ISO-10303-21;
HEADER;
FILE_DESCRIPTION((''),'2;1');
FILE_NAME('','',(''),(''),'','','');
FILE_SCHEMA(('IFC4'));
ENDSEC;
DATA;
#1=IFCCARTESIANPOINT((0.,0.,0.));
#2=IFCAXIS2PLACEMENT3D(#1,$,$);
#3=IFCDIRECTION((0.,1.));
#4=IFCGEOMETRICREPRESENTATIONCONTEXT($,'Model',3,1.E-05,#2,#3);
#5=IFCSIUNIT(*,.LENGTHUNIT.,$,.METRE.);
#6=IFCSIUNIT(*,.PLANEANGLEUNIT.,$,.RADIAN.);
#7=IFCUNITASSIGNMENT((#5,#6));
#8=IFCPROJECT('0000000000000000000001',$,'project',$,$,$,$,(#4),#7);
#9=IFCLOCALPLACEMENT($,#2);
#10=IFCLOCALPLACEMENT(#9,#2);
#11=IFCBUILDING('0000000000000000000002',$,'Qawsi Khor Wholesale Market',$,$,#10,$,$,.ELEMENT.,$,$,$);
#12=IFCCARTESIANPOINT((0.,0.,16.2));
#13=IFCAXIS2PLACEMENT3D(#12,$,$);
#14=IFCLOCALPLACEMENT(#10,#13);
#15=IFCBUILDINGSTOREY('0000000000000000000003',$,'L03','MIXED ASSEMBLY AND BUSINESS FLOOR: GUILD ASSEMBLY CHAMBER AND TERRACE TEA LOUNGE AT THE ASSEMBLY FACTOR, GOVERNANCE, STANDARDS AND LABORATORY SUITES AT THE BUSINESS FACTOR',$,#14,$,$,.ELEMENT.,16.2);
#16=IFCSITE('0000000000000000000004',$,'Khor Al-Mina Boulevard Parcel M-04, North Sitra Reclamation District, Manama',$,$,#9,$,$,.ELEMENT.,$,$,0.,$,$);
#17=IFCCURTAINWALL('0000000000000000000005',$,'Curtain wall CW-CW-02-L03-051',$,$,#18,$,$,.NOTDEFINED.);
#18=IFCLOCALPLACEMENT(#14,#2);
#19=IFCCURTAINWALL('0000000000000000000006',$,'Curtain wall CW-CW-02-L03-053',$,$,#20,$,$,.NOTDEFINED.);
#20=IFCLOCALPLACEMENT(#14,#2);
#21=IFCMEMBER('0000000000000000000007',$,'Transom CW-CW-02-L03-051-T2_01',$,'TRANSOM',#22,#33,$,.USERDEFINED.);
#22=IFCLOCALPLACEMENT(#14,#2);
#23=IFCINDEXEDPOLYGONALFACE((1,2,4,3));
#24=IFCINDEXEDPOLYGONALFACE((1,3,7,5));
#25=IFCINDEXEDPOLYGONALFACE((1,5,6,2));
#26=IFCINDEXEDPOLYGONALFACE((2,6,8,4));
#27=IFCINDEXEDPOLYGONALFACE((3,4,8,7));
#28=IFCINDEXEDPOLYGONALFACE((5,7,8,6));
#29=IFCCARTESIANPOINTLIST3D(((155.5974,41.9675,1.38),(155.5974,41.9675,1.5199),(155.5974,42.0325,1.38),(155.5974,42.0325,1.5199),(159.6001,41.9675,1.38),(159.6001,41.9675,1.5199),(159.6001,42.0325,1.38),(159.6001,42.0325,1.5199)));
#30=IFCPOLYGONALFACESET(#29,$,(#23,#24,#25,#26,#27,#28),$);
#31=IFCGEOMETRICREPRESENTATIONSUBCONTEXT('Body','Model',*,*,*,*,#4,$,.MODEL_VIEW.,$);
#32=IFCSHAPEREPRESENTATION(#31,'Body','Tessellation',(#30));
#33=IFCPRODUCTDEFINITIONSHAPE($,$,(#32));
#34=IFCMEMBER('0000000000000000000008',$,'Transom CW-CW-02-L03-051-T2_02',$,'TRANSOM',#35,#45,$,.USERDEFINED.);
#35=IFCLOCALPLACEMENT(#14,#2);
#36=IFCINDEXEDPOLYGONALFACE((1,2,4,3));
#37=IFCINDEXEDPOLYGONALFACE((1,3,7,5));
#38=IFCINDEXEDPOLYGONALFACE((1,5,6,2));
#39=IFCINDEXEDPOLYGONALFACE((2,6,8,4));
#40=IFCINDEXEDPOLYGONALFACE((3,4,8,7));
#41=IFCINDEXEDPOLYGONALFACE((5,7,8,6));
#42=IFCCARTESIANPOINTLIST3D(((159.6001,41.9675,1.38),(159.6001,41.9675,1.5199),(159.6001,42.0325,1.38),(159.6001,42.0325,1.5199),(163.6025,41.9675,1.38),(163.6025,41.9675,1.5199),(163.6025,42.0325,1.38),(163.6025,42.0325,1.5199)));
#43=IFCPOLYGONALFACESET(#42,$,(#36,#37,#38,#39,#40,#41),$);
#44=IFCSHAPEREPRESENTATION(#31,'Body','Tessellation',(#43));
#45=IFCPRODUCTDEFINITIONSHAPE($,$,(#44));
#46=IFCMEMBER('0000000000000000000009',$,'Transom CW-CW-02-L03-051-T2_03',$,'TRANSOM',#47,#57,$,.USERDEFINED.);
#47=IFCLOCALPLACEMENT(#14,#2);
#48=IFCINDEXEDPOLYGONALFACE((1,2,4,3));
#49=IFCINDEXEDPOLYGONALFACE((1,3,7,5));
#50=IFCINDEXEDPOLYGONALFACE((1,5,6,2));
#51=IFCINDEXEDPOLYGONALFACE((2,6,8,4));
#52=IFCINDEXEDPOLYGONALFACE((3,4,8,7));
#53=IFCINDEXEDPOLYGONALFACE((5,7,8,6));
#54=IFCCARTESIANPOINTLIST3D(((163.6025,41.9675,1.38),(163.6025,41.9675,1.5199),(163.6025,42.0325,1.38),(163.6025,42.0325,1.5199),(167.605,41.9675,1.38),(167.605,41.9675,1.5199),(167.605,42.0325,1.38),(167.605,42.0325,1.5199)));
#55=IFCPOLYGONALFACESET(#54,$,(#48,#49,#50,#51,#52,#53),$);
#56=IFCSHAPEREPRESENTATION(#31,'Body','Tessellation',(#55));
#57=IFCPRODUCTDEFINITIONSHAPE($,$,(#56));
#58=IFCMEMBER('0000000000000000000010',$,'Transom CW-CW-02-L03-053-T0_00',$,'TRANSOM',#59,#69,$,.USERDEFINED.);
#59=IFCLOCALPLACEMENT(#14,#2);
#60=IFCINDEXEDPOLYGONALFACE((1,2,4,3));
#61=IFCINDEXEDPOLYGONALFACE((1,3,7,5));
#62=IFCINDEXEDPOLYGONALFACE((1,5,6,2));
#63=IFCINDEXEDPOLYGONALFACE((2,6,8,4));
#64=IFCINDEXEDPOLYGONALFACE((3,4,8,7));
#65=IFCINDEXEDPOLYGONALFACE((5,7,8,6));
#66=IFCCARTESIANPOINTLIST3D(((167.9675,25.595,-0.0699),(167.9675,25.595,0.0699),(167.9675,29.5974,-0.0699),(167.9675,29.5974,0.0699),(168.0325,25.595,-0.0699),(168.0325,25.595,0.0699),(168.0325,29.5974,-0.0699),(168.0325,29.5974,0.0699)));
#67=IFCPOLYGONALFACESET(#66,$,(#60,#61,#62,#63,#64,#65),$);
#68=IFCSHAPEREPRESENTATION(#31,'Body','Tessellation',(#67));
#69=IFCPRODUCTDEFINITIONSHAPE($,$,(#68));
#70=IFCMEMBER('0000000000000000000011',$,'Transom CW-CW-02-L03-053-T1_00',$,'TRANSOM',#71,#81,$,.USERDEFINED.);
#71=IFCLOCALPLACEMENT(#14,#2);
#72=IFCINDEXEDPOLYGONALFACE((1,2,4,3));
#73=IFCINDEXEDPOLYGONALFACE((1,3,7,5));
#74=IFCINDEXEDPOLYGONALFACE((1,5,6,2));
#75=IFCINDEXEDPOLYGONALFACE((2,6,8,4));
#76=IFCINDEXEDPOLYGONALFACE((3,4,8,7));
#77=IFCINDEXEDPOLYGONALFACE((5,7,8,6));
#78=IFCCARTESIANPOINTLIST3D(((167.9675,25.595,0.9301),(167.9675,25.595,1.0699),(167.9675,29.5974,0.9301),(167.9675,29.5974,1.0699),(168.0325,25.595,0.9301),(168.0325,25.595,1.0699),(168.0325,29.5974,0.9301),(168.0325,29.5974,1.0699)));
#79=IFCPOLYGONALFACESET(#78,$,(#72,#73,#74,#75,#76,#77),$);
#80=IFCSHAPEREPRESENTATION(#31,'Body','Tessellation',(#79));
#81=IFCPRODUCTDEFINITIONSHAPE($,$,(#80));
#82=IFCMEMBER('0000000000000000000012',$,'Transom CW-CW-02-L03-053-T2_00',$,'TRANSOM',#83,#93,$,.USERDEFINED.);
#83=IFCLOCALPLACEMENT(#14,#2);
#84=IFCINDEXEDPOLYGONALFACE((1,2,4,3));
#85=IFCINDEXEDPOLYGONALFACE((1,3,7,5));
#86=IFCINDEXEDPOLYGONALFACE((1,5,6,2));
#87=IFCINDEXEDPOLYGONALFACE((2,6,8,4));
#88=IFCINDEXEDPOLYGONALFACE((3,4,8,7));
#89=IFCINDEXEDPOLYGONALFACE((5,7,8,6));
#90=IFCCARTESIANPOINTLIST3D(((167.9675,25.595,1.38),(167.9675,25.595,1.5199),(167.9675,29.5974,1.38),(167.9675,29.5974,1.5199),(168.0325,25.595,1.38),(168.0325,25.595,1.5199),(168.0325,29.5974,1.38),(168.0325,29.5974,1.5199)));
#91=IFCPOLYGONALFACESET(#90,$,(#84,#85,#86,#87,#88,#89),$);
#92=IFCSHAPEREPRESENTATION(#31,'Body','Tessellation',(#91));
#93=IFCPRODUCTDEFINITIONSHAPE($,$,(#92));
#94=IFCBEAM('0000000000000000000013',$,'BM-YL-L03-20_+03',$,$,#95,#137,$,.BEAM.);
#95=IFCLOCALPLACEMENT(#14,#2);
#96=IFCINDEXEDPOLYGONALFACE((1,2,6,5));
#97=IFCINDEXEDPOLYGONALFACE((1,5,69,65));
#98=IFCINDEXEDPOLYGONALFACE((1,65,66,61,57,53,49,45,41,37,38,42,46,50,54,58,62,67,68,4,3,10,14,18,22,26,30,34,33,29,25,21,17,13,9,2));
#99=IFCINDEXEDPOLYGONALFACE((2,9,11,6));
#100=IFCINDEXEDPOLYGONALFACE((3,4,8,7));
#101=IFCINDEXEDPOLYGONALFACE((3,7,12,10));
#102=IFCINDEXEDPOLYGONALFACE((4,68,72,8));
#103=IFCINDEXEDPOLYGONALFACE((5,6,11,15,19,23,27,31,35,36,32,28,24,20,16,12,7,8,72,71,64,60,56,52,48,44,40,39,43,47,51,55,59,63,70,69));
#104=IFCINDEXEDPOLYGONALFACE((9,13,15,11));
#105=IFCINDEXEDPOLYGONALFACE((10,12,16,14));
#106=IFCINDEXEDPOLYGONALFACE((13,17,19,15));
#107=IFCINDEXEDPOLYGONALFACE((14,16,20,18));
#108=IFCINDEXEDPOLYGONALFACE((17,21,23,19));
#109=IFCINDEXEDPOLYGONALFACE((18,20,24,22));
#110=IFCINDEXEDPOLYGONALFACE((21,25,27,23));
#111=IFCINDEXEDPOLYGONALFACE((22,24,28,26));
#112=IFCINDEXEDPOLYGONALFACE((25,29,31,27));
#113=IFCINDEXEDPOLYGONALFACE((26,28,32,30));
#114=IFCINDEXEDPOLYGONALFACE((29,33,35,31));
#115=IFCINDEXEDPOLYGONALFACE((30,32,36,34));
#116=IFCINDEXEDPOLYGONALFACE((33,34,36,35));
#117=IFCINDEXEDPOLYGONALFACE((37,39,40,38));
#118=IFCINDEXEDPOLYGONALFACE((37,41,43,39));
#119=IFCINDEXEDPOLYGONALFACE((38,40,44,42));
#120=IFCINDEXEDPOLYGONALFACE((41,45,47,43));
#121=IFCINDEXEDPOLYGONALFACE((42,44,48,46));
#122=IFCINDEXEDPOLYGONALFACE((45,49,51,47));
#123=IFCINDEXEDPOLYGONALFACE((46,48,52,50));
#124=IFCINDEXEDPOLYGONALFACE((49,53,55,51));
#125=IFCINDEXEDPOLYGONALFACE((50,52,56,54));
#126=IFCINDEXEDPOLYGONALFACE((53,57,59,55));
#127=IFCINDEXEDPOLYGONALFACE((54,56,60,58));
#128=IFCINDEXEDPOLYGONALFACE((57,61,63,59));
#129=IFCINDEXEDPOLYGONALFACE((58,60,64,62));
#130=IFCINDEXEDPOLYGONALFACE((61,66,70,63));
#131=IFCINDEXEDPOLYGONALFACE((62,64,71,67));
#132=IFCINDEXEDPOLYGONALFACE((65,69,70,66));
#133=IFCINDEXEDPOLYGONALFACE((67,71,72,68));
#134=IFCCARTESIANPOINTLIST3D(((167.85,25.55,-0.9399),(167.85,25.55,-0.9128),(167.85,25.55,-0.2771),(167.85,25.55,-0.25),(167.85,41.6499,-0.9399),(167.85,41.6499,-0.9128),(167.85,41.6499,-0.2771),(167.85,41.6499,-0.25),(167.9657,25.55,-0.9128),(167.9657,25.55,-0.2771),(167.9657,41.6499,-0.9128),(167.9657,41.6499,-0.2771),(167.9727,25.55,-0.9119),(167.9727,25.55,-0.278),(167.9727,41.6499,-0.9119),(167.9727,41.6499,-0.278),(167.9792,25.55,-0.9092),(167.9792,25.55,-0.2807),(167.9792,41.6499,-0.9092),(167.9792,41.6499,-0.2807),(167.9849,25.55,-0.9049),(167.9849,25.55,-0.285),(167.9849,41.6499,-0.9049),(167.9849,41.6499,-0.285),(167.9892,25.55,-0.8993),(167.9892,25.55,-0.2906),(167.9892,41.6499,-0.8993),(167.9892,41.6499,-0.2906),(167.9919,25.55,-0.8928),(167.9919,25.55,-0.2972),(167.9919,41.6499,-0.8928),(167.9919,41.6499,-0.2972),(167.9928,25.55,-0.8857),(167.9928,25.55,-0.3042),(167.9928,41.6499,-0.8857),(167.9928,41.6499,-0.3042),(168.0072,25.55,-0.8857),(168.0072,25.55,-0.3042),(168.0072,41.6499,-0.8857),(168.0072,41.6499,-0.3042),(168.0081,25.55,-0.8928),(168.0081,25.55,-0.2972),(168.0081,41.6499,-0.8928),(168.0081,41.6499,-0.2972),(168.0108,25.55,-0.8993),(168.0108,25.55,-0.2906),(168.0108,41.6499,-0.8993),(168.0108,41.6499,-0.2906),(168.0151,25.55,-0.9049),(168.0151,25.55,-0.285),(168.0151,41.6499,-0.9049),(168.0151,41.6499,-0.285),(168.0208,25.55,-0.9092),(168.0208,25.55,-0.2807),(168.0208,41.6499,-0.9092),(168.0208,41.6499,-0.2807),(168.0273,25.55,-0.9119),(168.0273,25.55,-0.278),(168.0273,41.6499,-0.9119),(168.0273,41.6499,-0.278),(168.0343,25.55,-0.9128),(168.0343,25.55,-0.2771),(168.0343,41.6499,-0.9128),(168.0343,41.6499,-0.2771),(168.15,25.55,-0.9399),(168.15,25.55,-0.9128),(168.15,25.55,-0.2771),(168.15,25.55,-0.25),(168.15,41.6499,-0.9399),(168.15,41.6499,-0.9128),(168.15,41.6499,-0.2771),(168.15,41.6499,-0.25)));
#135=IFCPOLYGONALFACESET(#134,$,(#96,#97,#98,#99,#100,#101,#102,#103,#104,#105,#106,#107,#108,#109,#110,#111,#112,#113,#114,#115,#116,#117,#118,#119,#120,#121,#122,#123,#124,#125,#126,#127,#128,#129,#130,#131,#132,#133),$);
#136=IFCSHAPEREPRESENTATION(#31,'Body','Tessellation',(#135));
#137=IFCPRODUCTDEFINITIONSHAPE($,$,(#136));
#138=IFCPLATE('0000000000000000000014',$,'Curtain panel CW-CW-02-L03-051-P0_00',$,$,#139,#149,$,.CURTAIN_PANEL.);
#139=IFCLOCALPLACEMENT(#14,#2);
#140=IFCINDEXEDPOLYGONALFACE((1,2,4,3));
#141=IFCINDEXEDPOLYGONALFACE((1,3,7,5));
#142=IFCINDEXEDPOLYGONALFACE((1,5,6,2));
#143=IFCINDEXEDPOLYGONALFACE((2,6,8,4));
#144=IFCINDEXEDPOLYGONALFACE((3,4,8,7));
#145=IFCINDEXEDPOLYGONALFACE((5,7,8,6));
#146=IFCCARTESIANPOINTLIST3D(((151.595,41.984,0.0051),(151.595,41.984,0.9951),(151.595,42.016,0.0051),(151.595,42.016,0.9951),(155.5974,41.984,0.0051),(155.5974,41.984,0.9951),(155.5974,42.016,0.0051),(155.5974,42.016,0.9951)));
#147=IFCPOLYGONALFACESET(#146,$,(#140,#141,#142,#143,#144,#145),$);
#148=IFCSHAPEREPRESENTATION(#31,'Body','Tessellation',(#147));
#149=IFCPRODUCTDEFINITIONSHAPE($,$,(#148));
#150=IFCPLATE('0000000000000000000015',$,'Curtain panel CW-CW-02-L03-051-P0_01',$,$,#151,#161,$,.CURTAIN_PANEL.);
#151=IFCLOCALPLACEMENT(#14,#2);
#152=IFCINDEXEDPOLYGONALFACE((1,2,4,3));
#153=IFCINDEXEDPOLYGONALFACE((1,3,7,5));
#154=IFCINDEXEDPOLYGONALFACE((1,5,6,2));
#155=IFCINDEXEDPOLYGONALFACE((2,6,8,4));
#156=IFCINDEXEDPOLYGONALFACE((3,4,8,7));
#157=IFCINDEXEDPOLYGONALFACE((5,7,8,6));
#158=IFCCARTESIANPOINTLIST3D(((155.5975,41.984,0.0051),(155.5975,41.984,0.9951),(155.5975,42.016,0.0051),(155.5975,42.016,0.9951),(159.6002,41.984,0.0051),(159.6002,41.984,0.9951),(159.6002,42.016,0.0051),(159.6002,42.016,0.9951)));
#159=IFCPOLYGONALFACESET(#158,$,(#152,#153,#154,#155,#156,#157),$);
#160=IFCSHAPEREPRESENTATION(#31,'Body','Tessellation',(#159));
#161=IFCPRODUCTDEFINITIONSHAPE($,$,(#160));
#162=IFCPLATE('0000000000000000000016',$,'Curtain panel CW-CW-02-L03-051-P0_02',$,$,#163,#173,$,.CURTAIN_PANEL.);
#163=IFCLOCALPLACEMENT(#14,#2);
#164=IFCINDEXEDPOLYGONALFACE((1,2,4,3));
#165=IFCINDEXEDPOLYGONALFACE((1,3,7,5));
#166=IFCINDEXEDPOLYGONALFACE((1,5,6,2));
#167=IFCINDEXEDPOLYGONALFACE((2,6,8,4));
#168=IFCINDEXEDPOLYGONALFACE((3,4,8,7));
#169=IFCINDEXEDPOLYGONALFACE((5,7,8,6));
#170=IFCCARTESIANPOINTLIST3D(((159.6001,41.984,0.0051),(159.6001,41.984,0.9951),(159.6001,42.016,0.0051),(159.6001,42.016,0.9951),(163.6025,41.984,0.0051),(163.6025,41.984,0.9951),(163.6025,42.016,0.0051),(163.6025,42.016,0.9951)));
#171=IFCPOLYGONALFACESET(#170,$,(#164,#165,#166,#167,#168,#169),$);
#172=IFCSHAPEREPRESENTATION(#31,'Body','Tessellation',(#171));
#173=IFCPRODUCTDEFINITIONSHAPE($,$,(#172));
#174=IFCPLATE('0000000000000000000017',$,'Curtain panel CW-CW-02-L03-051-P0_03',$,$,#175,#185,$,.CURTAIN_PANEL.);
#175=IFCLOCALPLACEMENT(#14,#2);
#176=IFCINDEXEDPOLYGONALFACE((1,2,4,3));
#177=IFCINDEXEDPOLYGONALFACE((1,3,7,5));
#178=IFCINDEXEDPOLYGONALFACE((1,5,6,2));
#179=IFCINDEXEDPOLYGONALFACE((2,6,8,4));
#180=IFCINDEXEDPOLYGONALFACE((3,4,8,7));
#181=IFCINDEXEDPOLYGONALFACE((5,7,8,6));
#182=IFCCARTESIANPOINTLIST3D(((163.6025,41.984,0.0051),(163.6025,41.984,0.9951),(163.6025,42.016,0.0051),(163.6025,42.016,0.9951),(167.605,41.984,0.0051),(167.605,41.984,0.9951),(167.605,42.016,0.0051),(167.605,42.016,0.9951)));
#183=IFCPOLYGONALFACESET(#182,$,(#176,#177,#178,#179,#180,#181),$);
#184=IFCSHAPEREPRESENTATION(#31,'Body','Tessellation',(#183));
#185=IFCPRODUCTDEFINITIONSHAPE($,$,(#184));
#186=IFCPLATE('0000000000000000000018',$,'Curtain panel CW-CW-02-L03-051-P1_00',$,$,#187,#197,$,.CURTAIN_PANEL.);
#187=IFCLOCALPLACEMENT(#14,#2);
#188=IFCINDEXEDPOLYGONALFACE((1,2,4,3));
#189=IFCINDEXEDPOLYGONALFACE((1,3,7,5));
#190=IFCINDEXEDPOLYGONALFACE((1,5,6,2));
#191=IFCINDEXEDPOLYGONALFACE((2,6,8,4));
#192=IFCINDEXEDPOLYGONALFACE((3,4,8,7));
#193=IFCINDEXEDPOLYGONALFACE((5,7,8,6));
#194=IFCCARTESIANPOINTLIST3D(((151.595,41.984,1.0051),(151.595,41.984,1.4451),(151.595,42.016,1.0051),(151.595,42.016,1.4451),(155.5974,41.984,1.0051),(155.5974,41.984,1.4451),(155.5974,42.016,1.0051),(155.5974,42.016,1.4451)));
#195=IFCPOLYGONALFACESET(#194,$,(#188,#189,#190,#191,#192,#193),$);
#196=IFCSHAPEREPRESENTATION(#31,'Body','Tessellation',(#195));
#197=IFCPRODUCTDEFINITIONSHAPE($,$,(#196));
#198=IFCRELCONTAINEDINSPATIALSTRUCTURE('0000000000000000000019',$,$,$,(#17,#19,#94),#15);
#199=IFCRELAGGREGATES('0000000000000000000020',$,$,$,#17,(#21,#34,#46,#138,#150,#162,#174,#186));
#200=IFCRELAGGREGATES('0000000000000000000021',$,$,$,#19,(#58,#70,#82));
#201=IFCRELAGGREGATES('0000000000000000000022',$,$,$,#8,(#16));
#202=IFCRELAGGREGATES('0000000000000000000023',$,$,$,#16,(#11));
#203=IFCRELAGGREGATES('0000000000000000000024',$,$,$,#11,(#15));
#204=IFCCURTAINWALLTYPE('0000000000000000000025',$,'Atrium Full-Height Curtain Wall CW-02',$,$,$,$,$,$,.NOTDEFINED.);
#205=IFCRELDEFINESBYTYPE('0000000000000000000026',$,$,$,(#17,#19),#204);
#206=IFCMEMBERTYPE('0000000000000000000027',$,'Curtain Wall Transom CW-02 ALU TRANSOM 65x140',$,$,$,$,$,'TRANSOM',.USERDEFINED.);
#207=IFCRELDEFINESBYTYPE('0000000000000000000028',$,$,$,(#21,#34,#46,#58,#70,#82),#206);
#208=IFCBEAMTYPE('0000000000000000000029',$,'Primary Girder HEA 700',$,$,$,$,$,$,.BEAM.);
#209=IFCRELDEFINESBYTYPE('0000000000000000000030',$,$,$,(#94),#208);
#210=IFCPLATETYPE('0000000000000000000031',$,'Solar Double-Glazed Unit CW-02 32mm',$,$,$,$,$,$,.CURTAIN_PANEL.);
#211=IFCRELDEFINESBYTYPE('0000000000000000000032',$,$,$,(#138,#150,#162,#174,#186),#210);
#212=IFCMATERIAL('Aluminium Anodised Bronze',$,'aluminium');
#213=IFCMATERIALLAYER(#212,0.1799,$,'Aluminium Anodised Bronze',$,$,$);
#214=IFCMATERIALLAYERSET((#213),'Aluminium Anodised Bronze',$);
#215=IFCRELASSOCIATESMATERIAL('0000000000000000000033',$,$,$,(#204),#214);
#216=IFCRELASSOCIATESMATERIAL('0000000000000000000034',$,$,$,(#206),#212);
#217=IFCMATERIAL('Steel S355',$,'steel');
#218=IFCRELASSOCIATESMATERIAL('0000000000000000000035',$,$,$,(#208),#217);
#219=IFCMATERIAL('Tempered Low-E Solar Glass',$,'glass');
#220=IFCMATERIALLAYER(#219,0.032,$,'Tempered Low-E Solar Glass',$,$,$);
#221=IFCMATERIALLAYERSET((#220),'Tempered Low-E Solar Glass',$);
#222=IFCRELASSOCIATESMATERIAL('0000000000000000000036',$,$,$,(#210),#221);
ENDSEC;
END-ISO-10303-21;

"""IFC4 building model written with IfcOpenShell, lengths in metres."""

from ifc_helpers import new_model, si_unit, direction, frame, frame_2d, origin, origin_2d, place, context, subcontext, project, spatial, rectangle, i_section, extrude, material, layer, layer_set, material_profile, profile_set, type_object, element, aggregate, save


model = new_model("IFC4")

# Units and contexts
model_context = context("Model", 3, precision=1e-05, world=origin(), true_north=direction((0.0, 1.0)))
body_context = subcontext(model_context, "Body", "Model", "MODEL_VIEW")
ifc_project = project(units=[si_unit("LENGTHUNIT", "METRE"), si_unit("PLANEANGLEUNIT", "RADIAN")], contexts=[model_context])

# Site, building, storey
site_placement = place(None, origin())
site = spatial("IfcSite", under=ifc_project, at=site_placement, Name="Khor Al-Mina Boulevard Parcel M-04, North Sitra Reclamation District, Manama", CompositionType="ELEMENT", RefElevation=0.0)
building_placement = place(site_placement, origin())
building = spatial("IfcBuilding", under=site, at=building_placement, Name="Qawsi Khor Wholesale Market", CompositionType="ELEMENT")
storey_placement = place(building_placement, frame((0.0, 0.0, 16.2)))
storey = spatial("IfcBuildingStorey", under=building, at=storey_placement, Name="L03", Description="MIXED ASSEMBLY AND BUSINESS FLOOR: GUILD ASSEMBLY CHAMBER AND TERRACE TEA LOUNGE AT THE ASSEMBLY FACTOR, GOVERNANCE, STANDARDS AND LABORATORY SUITES AT THE BUSINESS FACTOR", CompositionType="ELEMENT", Elevation=16.2)

# Curtain wall
ifc_material_1 = material(Name="Aluminium Anodised Bronze", Category="aluminium")
ifc_layer_1 = layer(ifc_material_1, 0.1799, Name="Aluminium Anodised Bronze")
ifc_layer_set_1 = layer_set([ifc_layer_1], Name="Aluminium Anodised Bronze")
curtain_wall_type = type_object("IfcCurtainWallType", Name="Atrium Full-Height Curtain Wall CW-02", PredefinedType="NOTDEFINED", material=ifc_layer_set_1)
curtain_wall_1_placement = place(storey_placement, origin())
curtain_wall_1 = element("IfcCurtainWall", 1, at=curtain_wall_1_placement, inside=storey, type_object=curtain_wall_type, Name="Curtain wall CW-CW-02-L03-051", PredefinedType="NOTDEFINED")

# Curtain wall
curtain_wall_2_placement = place(storey_placement, origin())
curtain_wall_2 = element("IfcCurtainWall", 2, at=curtain_wall_2_placement, inside=storey, type_object=curtain_wall_type, Name="Curtain wall CW-CW-02-L03-053", PredefinedType="NOTDEFINED")

# Members
ifc_material_profile_1 = material_profile(ifc_material_1, rectangle(XDim=0.0649, YDim=0.1399, at=origin_2d()), Name="ALU TRANSOM 65x140")
ifc_profile_set_1 = profile_set([ifc_material_profile_1], Name="Aluminium Anodised Bronze")
member_type_1 = type_object("IfcMemberType", Name="Curtain Wall Transom CW-02 ALU TRANSOM 65x140", ElementType="TRANSOM", PredefinedType="USERDEFINED", material=ifc_profile_set_1)
member_1_placement = place(storey_placement, frame((155.5974, 42.0, 1.45), z_axis=(1.0, 0.0, 0.0), x_axis=(0.0, 1.0, 0.0)))
member_1 = element("IfcMember", 3, at=member_1_placement, type_object=member_type_1, Name="Transom CW-CW-02-L03-051-T2_01", ObjectType="TRANSOM", PredefinedType="USERDEFINED", context=body_context, shape_type="SweptSolid", body=[
    extrude(rectangle(XDim=0.0649, YDim=0.1399, at=origin_2d()), origin(), (0.0, 0.0, 1.0), 4.0027),
])
member_2_placement = place(storey_placement, frame((159.6001, 42.0, 1.45), z_axis=(1.0, 0.0, 0.0), x_axis=(0.0, 1.0, 0.0)))
member_2 = element("IfcMember", 4, at=member_2_placement, type_object=member_type_1, Name="Transom CW-CW-02-L03-051-T2_02", ObjectType="TRANSOM", PredefinedType="USERDEFINED", context=body_context, shape_type="SweptSolid", body=[
    extrude(rectangle(XDim=0.0649, YDim=0.1399, at=origin_2d()), origin(), (0.0, 0.0, 1.0), 4.0024),
])
member_3_placement = place(storey_placement, frame((163.6025, 42.0, 1.45), z_axis=(1.0, 0.0, 0.0), x_axis=(0.0, 1.0, 0.0)))
member_3 = element("IfcMember", 5, at=member_3_placement, type_object=member_type_1, Name="Transom CW-CW-02-L03-051-T2_03", ObjectType="TRANSOM", PredefinedType="USERDEFINED", context=body_context, shape_type="SweptSolid", body=[
    extrude(rectangle(XDim=0.0649, YDim=0.1399, at=origin_2d()), origin(), (0.0, 0.0, 1.0), 4.0024),
])
member_4_placement = place(storey_placement, frame((168.0, 25.595, 0.0), z_axis=(0.0, 1.0, 0.0), x_axis=(-1.0, 0.0, 0.0)))
member_4 = element("IfcMember", 6, at=member_4_placement, type_object=member_type_1, Name="Transom CW-CW-02-L03-053-T0_00", ObjectType="TRANSOM", PredefinedType="USERDEFINED", context=body_context, shape_type="SweptSolid", body=[
    extrude(rectangle(XDim=0.0649, YDim=0.1399, at=origin_2d()), origin(), (0.0, 0.0, 1.0), 4.0024),
])
member_5_placement = place(storey_placement, frame((168.0, 25.595, 1.0), z_axis=(0.0, 1.0, 0.0), x_axis=(-1.0, 0.0, 0.0)))
member_5 = element("IfcMember", 7, at=member_5_placement, type_object=member_type_1, Name="Transom CW-CW-02-L03-053-T1_00", ObjectType="TRANSOM", PredefinedType="USERDEFINED", context=body_context, shape_type="SweptSolid", body=[
    extrude(rectangle(XDim=0.0649, YDim=0.1399, at=origin_2d()), origin(), (0.0, 0.0, 1.0), 4.0024),
])
member_6_placement = place(storey_placement, frame((168.0, 25.595, 1.45), z_axis=(0.0, 1.0, 0.0), x_axis=(-1.0, 0.0, 0.0)))
member_6 = element("IfcMember", 8, at=member_6_placement, type_object=member_type_1, Name="Transom CW-CW-02-L03-053-T2_00", ObjectType="TRANSOM", PredefinedType="USERDEFINED", context=body_context, shape_type="SweptSolid", body=[
    extrude(rectangle(XDim=0.0649, YDim=0.1399, at=origin_2d()), origin(), (0.0, 0.0, 1.0), 4.0024),
])

# Beam
ifc_material_2 = material(Name="Steel S355", Category="steel")
ifc_material_profile_2 = material_profile(ifc_material_2, i_section(OverallWidth=0.3, OverallDepth=0.6899, WebThickness=0.0144, FlangeThickness=0.0271, FilletRadius=0.0271, at=origin_2d()), Name="HEA 700")
ifc_profile_set_2 = profile_set([ifc_material_profile_2], Name="Steel S355")
beam_type = type_object("IfcBeamType", Name="Primary Girder HEA 700", PredefinedType="BEAM", material=ifc_profile_set_2)
beam_placement = place(storey_placement, frame((168.0, 25.55, -0.595), z_axis=(0.0, 1.0, 0.0), x_axis=(-1.0, 0.0, 0.0)))
element("IfcBeam", 9, at=beam_placement, inside=storey, type_object=beam_type, Name="BM-YL-L03-20_+03", PredefinedType="BEAM", context=body_context, shape_type="SweptSolid", body=[
    extrude(i_section(OverallWidth=0.3, OverallDepth=0.6899, WebThickness=0.0144, FlangeThickness=0.0271, FilletRadius=0.0271, at=origin_2d()), origin(), (0.0, 0.0, 1.0), 16.0999),
])

# Plates
ifc_material_3 = material(Name="Tempered Low-E Solar Glass", Category="glass")
ifc_layer_2 = layer(ifc_material_3, 0.032, Name="Tempered Low-E Solar Glass")
ifc_layer_set_2 = layer_set([ifc_layer_2], Name="Tempered Low-E Solar Glass")
plate_type = type_object("IfcPlateType", Name="Solar Double-Glazed Unit CW-02 32mm", PredefinedType="CURTAIN_PANEL", material=ifc_layer_set_2)
plate_1_placement = place(storey_placement, frame((151.595, 42.0, 0.0051), z_axis=(0.0, 0.0, 1.0), x_axis=(1.0, 0.0, 0.0)))
plate_1 = element("IfcPlate", 10, at=plate_1_placement, type_object=plate_type, Name="Curtain panel CW-CW-02-L03-051-P0_00", PredefinedType="CURTAIN_PANEL", context=body_context, shape_type="SweptSolid", body=[
    extrude(rectangle(XDim=4.0024, YDim=0.032, at=frame_2d((2.0012, 0.0))), origin(), (0.0, 0.0, 1.0), 0.99),
])
plate_2_placement = place(storey_placement, frame((155.5974, 42.0, 0.0051), z_axis=(0.0, 0.0, 1.0), x_axis=(1.0, 0.0, 0.0)))
plate_2 = element("IfcPlate", 11, at=plate_2_placement, type_object=plate_type, Name="Curtain panel CW-CW-02-L03-051-P0_01", PredefinedType="CURTAIN_PANEL", context=body_context, shape_type="SweptSolid", body=[
    extrude(rectangle(XDim=4.0027, YDim=0.032, at=frame_2d((2.0015, 0.0))), origin(), (0.0, 0.0, 1.0), 0.99),
])
plate_3_placement = place(storey_placement, frame((159.6001, 42.0, 0.0051), z_axis=(0.0, 0.0, 1.0), x_axis=(1.0, 0.0, 0.0)))
plate_3 = element("IfcPlate", 12, at=plate_3_placement, type_object=plate_type, Name="Curtain panel CW-CW-02-L03-051-P0_02", PredefinedType="CURTAIN_PANEL", context=body_context, shape_type="SweptSolid", body=[
    extrude(rectangle(XDim=4.0024, YDim=0.032, at=frame_2d((2.0012, 0.0))), origin(), (0.0, 0.0, 1.0), 0.99),
])
plate_4_placement = place(storey_placement, frame((163.6025, 42.0, 0.0051), z_axis=(0.0, 0.0, 1.0), x_axis=(1.0, 0.0, 0.0)))
plate_4 = element("IfcPlate", 13, at=plate_4_placement, type_object=plate_type, Name="Curtain panel CW-CW-02-L03-051-P0_03", PredefinedType="CURTAIN_PANEL", context=body_context, shape_type="SweptSolid", body=[
    extrude(rectangle(XDim=4.0024, YDim=0.032, at=frame_2d((2.0012, 0.0))), origin(), (0.0, 0.0, 1.0), 0.99),
])
plate_5_placement = place(storey_placement, frame((151.595, 42.0, 1.0051), z_axis=(0.0, 0.0, 1.0), x_axis=(1.0, 0.0, 0.0)))
plate_5 = element("IfcPlate", 14, at=plate_5_placement, type_object=plate_type, Name="Curtain panel CW-CW-02-L03-051-P1_00", PredefinedType="CURTAIN_PANEL", context=body_context, shape_type="SweptSolid", body=[
    extrude(rectangle(XDim=4.0024, YDim=0.032, at=frame_2d((2.0012, 0.0))), origin(), (0.0, 0.0, 1.0), 0.4399),
])
aggregate(curtain_wall_1, [member_1, member_2, member_3, plate_1, plate_2, plate_3, plate_4, plate_5])
aggregate(curtain_wall_2, [member_4, member_5, member_6])

save(model, "model.ifc")
